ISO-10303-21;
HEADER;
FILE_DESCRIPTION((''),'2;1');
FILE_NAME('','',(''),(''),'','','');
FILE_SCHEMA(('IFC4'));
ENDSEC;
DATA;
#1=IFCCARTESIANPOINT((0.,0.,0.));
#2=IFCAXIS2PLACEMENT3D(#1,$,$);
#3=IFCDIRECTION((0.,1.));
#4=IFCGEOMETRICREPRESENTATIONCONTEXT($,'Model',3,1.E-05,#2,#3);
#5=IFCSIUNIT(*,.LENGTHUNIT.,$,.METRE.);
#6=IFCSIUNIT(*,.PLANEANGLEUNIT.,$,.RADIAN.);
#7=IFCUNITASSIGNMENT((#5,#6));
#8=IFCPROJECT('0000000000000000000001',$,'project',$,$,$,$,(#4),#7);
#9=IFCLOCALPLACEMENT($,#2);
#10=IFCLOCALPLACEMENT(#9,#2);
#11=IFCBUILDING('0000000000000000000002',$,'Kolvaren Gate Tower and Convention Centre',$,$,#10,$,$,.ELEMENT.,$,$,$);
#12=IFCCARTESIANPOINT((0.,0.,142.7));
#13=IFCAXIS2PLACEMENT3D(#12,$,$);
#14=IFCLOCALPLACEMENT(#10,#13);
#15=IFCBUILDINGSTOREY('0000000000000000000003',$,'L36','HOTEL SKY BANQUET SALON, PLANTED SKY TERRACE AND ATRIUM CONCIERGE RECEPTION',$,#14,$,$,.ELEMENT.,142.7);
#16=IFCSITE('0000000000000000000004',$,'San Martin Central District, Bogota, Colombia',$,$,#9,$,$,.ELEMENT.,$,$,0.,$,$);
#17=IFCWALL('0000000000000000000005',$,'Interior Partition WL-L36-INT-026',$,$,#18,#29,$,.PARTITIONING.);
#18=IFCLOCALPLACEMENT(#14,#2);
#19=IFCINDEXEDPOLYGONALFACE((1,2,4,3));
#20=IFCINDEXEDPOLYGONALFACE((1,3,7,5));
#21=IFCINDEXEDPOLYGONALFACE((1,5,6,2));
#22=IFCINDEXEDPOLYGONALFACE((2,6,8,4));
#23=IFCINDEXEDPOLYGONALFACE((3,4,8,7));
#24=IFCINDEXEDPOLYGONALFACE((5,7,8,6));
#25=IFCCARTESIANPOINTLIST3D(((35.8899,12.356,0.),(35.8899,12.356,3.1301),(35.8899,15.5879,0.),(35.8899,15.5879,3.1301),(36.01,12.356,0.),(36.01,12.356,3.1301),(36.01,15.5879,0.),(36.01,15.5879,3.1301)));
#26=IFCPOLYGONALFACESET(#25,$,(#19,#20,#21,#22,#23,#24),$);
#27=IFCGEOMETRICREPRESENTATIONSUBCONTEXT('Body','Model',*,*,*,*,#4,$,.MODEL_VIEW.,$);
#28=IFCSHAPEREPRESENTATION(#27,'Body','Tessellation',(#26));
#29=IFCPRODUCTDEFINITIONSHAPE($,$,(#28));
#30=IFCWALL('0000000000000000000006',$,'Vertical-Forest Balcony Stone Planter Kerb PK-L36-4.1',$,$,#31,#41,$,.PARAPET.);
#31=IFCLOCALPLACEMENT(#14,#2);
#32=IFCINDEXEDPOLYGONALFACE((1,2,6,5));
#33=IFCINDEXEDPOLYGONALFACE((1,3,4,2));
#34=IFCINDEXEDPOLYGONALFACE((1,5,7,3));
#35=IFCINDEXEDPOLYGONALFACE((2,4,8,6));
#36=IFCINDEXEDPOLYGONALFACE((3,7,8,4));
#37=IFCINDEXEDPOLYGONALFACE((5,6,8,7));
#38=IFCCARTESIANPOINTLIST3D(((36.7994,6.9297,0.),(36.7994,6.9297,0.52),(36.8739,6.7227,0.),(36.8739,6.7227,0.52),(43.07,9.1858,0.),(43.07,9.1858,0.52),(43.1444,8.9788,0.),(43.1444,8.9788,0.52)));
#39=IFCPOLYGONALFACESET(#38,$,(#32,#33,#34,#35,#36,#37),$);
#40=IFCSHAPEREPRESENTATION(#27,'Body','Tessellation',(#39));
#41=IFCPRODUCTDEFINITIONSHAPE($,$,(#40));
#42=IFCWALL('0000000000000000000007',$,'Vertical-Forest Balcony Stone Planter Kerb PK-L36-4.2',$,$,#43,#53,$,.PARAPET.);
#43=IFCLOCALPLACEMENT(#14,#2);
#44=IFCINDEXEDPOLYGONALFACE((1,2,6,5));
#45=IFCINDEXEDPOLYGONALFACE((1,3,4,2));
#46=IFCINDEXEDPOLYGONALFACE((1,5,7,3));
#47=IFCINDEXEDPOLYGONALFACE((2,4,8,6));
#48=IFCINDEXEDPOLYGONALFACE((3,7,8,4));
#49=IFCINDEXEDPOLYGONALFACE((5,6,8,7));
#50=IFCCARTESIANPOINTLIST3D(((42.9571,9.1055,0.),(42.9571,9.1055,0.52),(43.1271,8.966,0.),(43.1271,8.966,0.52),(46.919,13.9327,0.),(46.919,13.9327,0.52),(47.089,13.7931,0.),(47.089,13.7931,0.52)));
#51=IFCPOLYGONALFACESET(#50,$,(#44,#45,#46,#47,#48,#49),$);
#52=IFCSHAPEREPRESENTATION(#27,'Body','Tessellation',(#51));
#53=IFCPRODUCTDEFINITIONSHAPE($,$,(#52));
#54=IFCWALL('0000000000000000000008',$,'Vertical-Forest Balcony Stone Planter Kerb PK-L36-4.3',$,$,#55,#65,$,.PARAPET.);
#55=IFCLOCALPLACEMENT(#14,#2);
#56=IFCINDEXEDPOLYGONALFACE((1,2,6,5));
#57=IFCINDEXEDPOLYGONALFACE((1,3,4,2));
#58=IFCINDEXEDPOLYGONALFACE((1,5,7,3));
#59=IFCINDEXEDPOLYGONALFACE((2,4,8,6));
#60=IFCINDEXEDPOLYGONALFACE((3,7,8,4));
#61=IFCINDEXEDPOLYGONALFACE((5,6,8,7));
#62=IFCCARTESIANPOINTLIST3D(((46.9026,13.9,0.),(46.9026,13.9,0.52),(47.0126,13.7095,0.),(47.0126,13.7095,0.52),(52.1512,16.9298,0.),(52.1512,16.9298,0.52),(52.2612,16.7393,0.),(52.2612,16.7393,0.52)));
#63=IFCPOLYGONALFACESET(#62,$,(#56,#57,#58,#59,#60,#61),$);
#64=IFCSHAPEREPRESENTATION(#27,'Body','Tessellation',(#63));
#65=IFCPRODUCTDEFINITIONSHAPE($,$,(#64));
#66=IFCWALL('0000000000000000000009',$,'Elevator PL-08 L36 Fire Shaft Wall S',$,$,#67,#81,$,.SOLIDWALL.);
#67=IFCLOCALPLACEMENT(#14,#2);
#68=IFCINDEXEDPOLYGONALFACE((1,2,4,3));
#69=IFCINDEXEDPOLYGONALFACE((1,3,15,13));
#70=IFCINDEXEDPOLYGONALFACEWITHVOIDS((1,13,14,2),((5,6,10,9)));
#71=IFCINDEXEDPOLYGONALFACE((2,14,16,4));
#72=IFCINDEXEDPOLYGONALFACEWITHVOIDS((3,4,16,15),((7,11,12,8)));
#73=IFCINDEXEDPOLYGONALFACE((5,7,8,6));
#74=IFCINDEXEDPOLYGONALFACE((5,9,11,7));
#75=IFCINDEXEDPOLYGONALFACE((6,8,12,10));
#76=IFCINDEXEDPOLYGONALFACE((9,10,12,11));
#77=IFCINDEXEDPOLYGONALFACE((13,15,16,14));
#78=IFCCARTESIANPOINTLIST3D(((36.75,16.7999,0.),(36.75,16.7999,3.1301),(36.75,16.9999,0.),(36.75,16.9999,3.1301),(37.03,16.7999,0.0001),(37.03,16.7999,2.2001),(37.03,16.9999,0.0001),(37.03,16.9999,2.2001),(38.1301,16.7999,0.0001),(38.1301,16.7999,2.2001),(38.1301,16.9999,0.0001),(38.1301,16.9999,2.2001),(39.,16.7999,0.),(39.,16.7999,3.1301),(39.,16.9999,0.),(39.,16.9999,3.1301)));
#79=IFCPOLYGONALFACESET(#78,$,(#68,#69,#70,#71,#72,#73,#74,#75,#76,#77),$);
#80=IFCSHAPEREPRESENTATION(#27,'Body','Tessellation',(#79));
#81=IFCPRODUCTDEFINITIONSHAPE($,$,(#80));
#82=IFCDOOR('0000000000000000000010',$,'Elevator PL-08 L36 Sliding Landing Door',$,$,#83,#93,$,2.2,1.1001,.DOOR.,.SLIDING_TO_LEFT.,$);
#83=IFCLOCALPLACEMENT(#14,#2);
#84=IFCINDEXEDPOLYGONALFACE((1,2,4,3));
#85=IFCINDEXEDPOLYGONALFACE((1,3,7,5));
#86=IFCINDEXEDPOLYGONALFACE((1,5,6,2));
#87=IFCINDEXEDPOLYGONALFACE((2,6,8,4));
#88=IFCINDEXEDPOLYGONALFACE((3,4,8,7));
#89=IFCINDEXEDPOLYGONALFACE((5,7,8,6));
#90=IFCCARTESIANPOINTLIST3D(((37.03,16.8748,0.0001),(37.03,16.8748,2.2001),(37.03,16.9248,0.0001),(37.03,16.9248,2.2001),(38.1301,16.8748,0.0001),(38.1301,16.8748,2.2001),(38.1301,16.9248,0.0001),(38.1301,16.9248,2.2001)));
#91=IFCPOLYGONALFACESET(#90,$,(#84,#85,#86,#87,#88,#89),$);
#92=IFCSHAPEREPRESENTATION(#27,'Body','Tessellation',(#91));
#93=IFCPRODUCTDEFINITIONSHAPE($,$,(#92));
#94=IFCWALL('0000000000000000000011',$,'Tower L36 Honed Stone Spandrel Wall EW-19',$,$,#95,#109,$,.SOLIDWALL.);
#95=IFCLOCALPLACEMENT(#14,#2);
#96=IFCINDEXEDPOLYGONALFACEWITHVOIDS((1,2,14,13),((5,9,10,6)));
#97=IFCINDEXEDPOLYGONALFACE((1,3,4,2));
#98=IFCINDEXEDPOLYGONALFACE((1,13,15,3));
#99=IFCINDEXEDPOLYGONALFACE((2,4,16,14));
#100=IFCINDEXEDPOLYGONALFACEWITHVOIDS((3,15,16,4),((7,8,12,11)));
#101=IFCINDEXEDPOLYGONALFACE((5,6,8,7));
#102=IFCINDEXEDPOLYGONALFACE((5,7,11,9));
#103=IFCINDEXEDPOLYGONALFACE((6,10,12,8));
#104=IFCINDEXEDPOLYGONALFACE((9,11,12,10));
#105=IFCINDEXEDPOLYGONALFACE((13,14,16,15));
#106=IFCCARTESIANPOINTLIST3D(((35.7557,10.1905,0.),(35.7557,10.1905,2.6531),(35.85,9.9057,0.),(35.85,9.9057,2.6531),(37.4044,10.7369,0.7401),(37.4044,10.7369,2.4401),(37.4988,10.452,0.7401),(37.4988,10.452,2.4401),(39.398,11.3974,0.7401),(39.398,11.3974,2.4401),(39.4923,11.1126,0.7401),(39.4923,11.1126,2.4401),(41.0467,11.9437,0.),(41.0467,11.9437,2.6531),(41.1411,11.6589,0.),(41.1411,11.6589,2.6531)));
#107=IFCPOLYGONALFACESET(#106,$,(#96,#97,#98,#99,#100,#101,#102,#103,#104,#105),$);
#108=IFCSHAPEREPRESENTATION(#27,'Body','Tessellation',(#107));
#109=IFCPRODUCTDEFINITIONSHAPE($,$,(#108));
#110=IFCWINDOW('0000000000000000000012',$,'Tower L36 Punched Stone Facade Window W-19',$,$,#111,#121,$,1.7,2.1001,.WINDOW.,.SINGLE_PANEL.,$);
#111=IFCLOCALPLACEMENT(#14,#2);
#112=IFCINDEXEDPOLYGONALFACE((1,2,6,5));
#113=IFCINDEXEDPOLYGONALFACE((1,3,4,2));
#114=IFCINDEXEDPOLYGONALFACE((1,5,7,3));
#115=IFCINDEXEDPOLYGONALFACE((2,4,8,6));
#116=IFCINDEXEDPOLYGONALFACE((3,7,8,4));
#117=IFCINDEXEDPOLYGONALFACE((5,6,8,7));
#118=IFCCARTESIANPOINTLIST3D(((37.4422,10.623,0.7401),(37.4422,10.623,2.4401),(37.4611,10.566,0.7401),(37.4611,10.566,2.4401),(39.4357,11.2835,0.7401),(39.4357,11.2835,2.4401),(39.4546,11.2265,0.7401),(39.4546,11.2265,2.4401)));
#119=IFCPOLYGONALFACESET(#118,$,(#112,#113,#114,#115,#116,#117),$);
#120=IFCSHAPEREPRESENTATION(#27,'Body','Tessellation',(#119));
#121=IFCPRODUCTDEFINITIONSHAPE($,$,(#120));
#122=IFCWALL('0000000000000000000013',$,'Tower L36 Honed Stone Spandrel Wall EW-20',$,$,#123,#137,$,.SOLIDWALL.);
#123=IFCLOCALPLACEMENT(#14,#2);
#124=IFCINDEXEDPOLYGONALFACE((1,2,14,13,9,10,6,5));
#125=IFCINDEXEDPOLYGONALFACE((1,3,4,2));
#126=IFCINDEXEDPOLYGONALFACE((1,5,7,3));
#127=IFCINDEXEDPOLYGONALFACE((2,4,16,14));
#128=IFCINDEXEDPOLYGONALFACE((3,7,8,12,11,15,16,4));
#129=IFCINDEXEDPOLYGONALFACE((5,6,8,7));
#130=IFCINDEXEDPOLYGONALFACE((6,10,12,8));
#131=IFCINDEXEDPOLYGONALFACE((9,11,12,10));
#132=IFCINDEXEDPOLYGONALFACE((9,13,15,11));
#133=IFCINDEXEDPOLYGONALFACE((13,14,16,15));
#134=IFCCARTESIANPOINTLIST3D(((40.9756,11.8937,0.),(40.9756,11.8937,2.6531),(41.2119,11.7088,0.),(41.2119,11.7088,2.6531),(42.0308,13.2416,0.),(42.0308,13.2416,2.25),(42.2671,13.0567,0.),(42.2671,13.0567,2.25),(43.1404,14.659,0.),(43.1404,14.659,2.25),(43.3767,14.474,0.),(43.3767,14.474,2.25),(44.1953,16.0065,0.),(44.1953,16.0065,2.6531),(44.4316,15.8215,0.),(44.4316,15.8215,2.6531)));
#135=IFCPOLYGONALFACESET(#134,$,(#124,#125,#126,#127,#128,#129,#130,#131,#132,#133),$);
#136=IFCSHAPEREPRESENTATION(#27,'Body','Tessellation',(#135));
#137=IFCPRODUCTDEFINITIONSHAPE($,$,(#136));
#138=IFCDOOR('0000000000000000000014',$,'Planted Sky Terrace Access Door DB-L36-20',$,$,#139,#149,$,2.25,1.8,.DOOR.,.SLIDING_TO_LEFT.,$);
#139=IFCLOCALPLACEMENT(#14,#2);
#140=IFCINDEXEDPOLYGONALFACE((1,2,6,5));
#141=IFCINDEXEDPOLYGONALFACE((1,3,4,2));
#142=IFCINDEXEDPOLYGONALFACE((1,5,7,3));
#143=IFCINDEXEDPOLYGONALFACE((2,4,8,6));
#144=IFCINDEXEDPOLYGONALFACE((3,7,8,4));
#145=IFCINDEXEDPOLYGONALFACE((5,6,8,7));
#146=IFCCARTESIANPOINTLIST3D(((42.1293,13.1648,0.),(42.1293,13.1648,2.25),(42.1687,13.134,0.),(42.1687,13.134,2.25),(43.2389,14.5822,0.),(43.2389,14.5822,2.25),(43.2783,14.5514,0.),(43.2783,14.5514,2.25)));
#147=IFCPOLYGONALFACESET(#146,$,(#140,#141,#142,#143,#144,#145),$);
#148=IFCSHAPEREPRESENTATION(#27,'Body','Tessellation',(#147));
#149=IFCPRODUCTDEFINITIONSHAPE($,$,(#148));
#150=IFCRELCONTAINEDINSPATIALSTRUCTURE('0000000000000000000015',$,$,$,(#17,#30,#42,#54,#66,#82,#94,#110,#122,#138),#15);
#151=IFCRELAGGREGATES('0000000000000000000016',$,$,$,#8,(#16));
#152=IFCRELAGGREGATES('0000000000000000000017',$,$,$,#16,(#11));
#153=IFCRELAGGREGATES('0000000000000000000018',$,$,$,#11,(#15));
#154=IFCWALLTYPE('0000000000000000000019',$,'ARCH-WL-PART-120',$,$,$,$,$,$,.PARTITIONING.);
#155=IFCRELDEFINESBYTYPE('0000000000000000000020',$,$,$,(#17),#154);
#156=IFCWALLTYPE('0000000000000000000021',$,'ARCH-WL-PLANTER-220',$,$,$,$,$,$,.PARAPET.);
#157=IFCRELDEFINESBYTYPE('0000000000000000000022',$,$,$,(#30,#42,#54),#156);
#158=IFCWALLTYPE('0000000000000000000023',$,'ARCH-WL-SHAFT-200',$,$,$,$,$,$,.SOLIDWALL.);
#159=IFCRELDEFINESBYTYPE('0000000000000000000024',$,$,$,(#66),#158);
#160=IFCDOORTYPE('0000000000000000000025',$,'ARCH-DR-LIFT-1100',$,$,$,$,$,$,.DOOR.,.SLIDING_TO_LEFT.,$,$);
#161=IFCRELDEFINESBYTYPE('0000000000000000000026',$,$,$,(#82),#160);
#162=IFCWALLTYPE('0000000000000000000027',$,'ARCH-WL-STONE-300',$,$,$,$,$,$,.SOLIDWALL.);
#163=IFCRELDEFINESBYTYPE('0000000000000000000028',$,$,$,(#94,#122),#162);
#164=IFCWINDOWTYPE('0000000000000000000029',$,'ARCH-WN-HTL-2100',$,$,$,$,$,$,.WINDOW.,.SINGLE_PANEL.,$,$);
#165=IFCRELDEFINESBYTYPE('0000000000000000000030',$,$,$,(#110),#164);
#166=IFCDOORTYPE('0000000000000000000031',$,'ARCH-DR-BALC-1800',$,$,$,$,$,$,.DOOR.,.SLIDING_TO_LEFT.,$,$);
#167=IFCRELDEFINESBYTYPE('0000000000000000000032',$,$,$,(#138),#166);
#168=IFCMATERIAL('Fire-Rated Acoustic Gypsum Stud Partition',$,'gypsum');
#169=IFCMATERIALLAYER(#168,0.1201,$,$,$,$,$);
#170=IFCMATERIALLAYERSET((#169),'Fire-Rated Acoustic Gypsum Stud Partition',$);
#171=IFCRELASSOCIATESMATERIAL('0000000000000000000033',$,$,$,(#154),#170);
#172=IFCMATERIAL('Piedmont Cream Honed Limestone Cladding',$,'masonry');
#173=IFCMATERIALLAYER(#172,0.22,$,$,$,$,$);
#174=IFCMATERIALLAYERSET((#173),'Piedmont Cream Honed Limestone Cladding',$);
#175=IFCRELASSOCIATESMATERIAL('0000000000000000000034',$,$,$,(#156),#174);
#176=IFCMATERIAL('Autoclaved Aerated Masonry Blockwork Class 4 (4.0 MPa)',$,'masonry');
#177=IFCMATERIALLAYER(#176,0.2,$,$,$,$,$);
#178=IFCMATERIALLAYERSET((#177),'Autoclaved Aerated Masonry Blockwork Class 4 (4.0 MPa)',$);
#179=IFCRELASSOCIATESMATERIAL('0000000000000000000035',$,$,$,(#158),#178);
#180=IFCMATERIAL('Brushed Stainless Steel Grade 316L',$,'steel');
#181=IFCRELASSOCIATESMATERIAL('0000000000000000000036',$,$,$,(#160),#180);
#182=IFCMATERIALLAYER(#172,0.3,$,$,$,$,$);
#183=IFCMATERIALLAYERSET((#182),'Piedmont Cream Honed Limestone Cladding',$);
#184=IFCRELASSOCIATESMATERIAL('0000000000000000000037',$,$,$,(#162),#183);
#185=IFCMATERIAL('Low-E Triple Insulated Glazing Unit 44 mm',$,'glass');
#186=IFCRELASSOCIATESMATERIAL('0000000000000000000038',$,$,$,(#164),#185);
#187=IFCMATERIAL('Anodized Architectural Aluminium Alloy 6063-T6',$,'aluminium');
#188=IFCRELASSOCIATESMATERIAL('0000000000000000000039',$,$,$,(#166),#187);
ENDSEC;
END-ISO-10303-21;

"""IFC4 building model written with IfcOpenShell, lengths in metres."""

from ifc_helpers import new_model, si_unit, direction, frame, frame_2d, origin, place, context, subcontext, project, spatial, rectangle, extrude, material, layer, layer_set, type_object, element, fill, save


model = new_model("IFC4")

# Units and contexts
model_context = context("Model", 3, precision=1e-05, world=origin(), true_north=direction((0.0, 1.0)))
body_context = subcontext(model_context, "Body", "Model", "MODEL_VIEW")
ifc_project = project(units=[si_unit("LENGTHUNIT", "METRE"), si_unit("PLANEANGLEUNIT", "RADIAN")], contexts=[model_context])

# Site, building, storey
site_placement = place(None, origin())
site = spatial("IfcSite", under=ifc_project, at=site_placement, Name="San Martin Central District, Bogota, Colombia", CompositionType="ELEMENT", RefElevation=0.0)
building_placement = place(site_placement, origin())
building = spatial("IfcBuilding", under=site, at=building_placement, Name="Kolvaren Gate Tower and Convention Centre", CompositionType="ELEMENT")
storey_placement = place(building_placement, frame((0.0, 0.0, 142.7)))
storey = spatial("IfcBuildingStorey", under=building, at=storey_placement, Name="L36", Description="HOTEL SKY BANQUET SALON, PLANTED SKY TERRACE AND ATRIUM CONCIERGE RECEPTION", CompositionType="ELEMENT", Elevation=142.7)

# Walls
ifc_material_1 = material(Name="Fire-Rated Acoustic Gypsum Stud Partition", Category="gypsum")
ifc_layer_1 = layer(ifc_material_1, 0.1201)
ifc_layer_set_1 = layer_set([ifc_layer_1], Name="Fire-Rated Acoustic Gypsum Stud Partition")
wall_type_1 = type_object("IfcWallType", Name="ARCH-WL-PART-120", PredefinedType="PARTITIONING", material=ifc_layer_set_1)
wall_1_placement = place(storey_placement, frame((35.95, 12.356, 0.0), z_axis=(0.0, 0.0, 1.0), x_axis=(0.0, 1.0, 0.0)))
element("IfcWall", 1, at=wall_1_placement, inside=storey, type_object=wall_type_1, Name="Interior Partition WL-L36-INT-026", PredefinedType="PARTITIONING", context=body_context, shape_type="SweptSolid", body=[
    extrude(rectangle(XDim=3.2319, YDim=0.1201, at=frame_2d((1.616, 0.0))), origin(), (0.0, 0.0, 1.0), 3.1301),
])
ifc_material_2 = material(Name="Piedmont Cream Honed Limestone Cladding", Category="masonry")
ifc_layer_2 = layer(ifc_material_2, 0.22)
ifc_layer_set_2 = layer_set([ifc_layer_2], Name="Piedmont Cream Honed Limestone Cladding")
wall_type_2 = type_object("IfcWallType", Name="ARCH-WL-PLANTER-220", PredefinedType="PARAPET", material=ifc_layer_set_2)
wall_2_placement = place(storey_placement, frame((36.8367, 6.8262, 0.0), z_axis=(0.0, 0.0, 1.0), x_axis=(0.940949, 0.33855, 0.0)))
element("IfcWall", 2, at=wall_2_placement, inside=storey, type_object=wall_type_2, Name="Vertical-Forest Balcony Stone Planter Kerb PK-L36-4.1", PredefinedType="PARAPET", context=body_context, shape_type="SweptSolid", body=[
    extrude(rectangle(XDim=6.6641, YDim=0.22, at=frame_2d((3.332, 0.0))), origin(), (0.0, 0.0, 1.0), 0.52),
])
wall_3_placement = place(storey_placement, frame((43.042, 9.0356, 0.0), z_axis=(0.0, 0.0, 1.0), x_axis=(0.634429, 0.772981, 0.0)))
element("IfcWall", 3, at=wall_3_placement, inside=storey, type_object=wall_type_2, Name="Vertical-Forest Balcony Stone Planter Kerb PK-L36-4.2", PredefinedType="PARAPET", context=body_context, shape_type="SweptSolid", body=[
    extrude(rectangle(XDim=6.2449, YDim=0.22, at=frame_2d((3.1226, 0.0))), origin(), (0.0, 0.0, 1.0), 0.52),
])
wall_4_placement = place(storey_placement, frame((46.9575, 13.8047, 0.0), z_axis=(0.0, 0.0, 1.0), x_axis=(0.866058, 0.499943, 0.0)))
element("IfcWall", 4, at=wall_4_placement, inside=storey, type_object=wall_type_2, Name="Vertical-Forest Balcony Stone Planter Kerb PK-L36-4.3", PredefinedType="PARAPET", context=body_context, shape_type="SweptSolid", body=[
    extrude(rectangle(XDim=6.0603, YDim=0.22, at=frame_2d((3.0303, 0.0))), origin(), (0.0, 0.0, 1.0), 0.52),
])

# Wall, opening, door
ifc_material_3 = material(Name="Autoclaved Aerated Masonry Blockwork Class 4 (4.0 MPa)", Category="masonry")
ifc_layer_3 = layer(ifc_material_3, 0.2)
ifc_layer_set_3 = layer_set([ifc_layer_3], Name="Autoclaved Aerated Masonry Blockwork Class 4 (4.0 MPa)")
wall_type_3 = type_object("IfcWallType", Name="ARCH-WL-SHAFT-200", PredefinedType="SOLIDWALL", material=ifc_layer_set_3)
wall_5_placement = place(storey_placement, frame((36.75, 16.8999, 0.0), z_axis=(0.0, 0.0, 1.0), x_axis=(1.0, 0.0, 0.0)))
wall_5 = element("IfcWall", 5, at=wall_5_placement, inside=storey, type_object=wall_type_3, Name="Elevator PL-08 L36 Fire Shaft Wall S", PredefinedType="SOLIDWALL", context=body_context, shape_type="SweptSolid", body=[
    extrude(rectangle(XDim=2.25, YDim=0.2, at=frame_2d((1.125, 0.0))), origin(), (0.0, 0.0, 1.0), 3.1301),
])
opening_1_placement = place(wall_5_placement, frame((0.28, 0.0, 0.0)))
opening_1 = element("IfcOpeningElement", 6, at=opening_1_placement, cuts=wall_5, PredefinedType="OPENING", context=body_context, shape_type="SweptSolid", body=[
    extrude(rectangle(XDim=1.1001, YDim=2.2, at=frame_2d((0.55, 1.1001))), frame((0.0, 0.1099, 0.0), z_axis=(0.0, -1.0, 0.0), x_axis=(1.0, 0.0, 0.0)), (0.0, 0.0, 1.0), 0.22),
])
ifc_material_4 = material(Name="Brushed Stainless Steel Grade 316L", Category="steel")
door_type_1 = type_object("IfcDoorType", Name="ARCH-DR-LIFT-1100", OperationType="SLIDING_TO_LEFT", PredefinedType="DOOR", material=ifc_material_4)
door_1_placement = place(opening_1_placement, origin())
door_1 = element("IfcDoor", 7, at=door_1_placement, inside=storey, type_object=door_type_1, Name="Elevator PL-08 L36 Sliding Landing Door", OperationType="SLIDING_TO_LEFT", OverallHeight=2.2, OverallWidth=1.1001, PredefinedType="DOOR", context=body_context, shape_type="SweptSolid", body=[
    extrude(rectangle(XDim=1.1001, YDim=2.2, at=frame_2d((0.55, 1.1001))), frame((0.0, 0.0249, 0.0), z_axis=(0.0, -1.0, 0.0), x_axis=(1.0, 0.0, 0.0)), (0.0, 0.0, 1.0), 0.05),
])
fill(opening_1, door_1)

# Wall, opening, window
ifc_layer_4 = layer(ifc_material_2, 0.3)
ifc_layer_set_4 = layer_set([ifc_layer_4], Name="Piedmont Cream Honed Limestone Cladding")
wall_type_4 = type_object("IfcWallType", Name="ARCH-WL-STONE-300", PredefinedType="SOLIDWALL", material=ifc_layer_set_4)
wall_6_placement = place(storey_placement, frame((35.8027, 10.0481, 0.0), z_axis=(0.0, 0.0, 1.0), x_axis=(0.949247, 0.314532, 0.0)))
wall_6 = element("IfcWall", 8, at=wall_6_placement, inside=storey, type_object=wall_type_4, Name="Tower L36 Honed Stone Spandrel Wall EW-19", PredefinedType="SOLIDWALL", context=body_context, shape_type="SweptSolid", body=[
    extrude(rectangle(XDim=5.574, YDim=0.3, at=frame_2d((2.7871, 0.0))), origin(), (0.0, 0.0, 1.0), 2.6531),
])
opening_2_placement = place(wall_6_placement, frame((1.7371, 0.0, 0.74)))
opening_2 = element("IfcOpeningElement", 9, at=opening_2_placement, cuts=wall_6, PredefinedType="OPENING", context=body_context, shape_type="SweptSolid", body=[
    extrude(rectangle(XDim=2.1001, YDim=1.7, at=frame_2d((1.05, 0.8501))), frame((0.0, 0.1599, 0.0), z_axis=(0.0, -1.0, 0.0), x_axis=(1.0, 0.0, 0.0)), (0.0, 0.0, 1.0), 0.3201),
])
ifc_material_5 = material(Name="Low-E Triple Insulated Glazing Unit 44 mm", Category="glass")
window_type = type_object("IfcWindowType", Name="ARCH-WN-HTL-2100", PartitioningType="SINGLE_PANEL", PredefinedType="WINDOW", material=ifc_material_5)
window_1_placement = place(opening_2_placement, origin())
window_1 = element("IfcWindow", 10, at=window_1_placement, inside=storey, type_object=window_type, Name="Tower L36 Punched Stone Facade Window W-19", OverallHeight=1.7, OverallWidth=2.1001, PartitioningType="SINGLE_PANEL", PredefinedType="WINDOW", context=body_context, shape_type="SweptSolid", body=[
    extrude(rectangle(XDim=2.1001, YDim=1.7, at=frame_2d((1.05, 0.8501))), frame((0.0, 0.03, 0.0), z_axis=(0.0, -1.0, 0.0), x_axis=(1.0, 0.0, 0.0)), (0.0, 0.0, 1.0), 0.0601),
])
fill(opening_2, window_1)

# Wall, opening, door
wall_7_placement = place(storey_placement, frame((41.0938, 11.8013, 0.0), z_axis=(0.0, 0.0, 1.0), x_axis=(0.616429, 0.78741, 0.0)))
wall_7 = element("IfcWall", 11, at=wall_7_placement, inside=storey, type_object=wall_type_4, Name="Tower L36 Honed Stone Spandrel Wall EW-20", PredefinedType="SOLIDWALL", context=body_context, shape_type="SweptSolid", body=[
    extrude(rectangle(XDim=5.2231, YDim=0.3, at=frame_2d((2.6116, 0.0))), origin(), (0.0, 0.0, 1.0), 2.6531),
])
opening_3_placement = place(wall_7_placement, frame((1.7119, 0.0, 0.0)))
opening_3 = element("IfcOpeningElement", 12, at=opening_3_placement, cuts=wall_7, PredefinedType="OPENING", context=body_context, shape_type="SweptSolid", body=[
    extrude(rectangle(XDim=1.8, YDim=2.25, at=frame_2d((0.8999, 1.125))), frame((0.0, 0.1599, 0.0), z_axis=(0.0, -1.0, 0.0), x_axis=(1.0, 0.0, 0.0)), (0.0, 0.0, 1.0), 0.3201),
])
ifc_material_6 = material(Name="Anodized Architectural Aluminium Alloy 6063-T6", Category="aluminium")
door_type_2 = type_object("IfcDoorType", Name="ARCH-DR-BALC-1800", OperationType="SLIDING_TO_LEFT", PredefinedType="DOOR", material=ifc_material_6)
door_2_placement = place(opening_3_placement, frame((1.8, 0.0, 0.0), z_axis=(0.0, 0.0, 1.0), x_axis=(-1.0, 0.0, 0.0)))
door_2 = element("IfcDoor", 13, at=door_2_placement, inside=storey, type_object=door_type_2, Name="Planted Sky Terrace Access Door DB-L36-20", OperationType="SLIDING_TO_LEFT", OverallHeight=2.25, OverallWidth=1.8, PredefinedType="DOOR", context=body_context, shape_type="SweptSolid", body=[
    extrude(rectangle(XDim=1.8, YDim=2.25, at=frame_2d((0.8999, 1.125))), frame((0.0, 0.0249, 0.0), z_axis=(0.0, -1.0, 0.0), x_axis=(1.0, 0.0, 0.0)), (0.0, 0.0, 1.0), 0.05),
])
fill(opening_3, door_2)

save(model, "model.ifc")
